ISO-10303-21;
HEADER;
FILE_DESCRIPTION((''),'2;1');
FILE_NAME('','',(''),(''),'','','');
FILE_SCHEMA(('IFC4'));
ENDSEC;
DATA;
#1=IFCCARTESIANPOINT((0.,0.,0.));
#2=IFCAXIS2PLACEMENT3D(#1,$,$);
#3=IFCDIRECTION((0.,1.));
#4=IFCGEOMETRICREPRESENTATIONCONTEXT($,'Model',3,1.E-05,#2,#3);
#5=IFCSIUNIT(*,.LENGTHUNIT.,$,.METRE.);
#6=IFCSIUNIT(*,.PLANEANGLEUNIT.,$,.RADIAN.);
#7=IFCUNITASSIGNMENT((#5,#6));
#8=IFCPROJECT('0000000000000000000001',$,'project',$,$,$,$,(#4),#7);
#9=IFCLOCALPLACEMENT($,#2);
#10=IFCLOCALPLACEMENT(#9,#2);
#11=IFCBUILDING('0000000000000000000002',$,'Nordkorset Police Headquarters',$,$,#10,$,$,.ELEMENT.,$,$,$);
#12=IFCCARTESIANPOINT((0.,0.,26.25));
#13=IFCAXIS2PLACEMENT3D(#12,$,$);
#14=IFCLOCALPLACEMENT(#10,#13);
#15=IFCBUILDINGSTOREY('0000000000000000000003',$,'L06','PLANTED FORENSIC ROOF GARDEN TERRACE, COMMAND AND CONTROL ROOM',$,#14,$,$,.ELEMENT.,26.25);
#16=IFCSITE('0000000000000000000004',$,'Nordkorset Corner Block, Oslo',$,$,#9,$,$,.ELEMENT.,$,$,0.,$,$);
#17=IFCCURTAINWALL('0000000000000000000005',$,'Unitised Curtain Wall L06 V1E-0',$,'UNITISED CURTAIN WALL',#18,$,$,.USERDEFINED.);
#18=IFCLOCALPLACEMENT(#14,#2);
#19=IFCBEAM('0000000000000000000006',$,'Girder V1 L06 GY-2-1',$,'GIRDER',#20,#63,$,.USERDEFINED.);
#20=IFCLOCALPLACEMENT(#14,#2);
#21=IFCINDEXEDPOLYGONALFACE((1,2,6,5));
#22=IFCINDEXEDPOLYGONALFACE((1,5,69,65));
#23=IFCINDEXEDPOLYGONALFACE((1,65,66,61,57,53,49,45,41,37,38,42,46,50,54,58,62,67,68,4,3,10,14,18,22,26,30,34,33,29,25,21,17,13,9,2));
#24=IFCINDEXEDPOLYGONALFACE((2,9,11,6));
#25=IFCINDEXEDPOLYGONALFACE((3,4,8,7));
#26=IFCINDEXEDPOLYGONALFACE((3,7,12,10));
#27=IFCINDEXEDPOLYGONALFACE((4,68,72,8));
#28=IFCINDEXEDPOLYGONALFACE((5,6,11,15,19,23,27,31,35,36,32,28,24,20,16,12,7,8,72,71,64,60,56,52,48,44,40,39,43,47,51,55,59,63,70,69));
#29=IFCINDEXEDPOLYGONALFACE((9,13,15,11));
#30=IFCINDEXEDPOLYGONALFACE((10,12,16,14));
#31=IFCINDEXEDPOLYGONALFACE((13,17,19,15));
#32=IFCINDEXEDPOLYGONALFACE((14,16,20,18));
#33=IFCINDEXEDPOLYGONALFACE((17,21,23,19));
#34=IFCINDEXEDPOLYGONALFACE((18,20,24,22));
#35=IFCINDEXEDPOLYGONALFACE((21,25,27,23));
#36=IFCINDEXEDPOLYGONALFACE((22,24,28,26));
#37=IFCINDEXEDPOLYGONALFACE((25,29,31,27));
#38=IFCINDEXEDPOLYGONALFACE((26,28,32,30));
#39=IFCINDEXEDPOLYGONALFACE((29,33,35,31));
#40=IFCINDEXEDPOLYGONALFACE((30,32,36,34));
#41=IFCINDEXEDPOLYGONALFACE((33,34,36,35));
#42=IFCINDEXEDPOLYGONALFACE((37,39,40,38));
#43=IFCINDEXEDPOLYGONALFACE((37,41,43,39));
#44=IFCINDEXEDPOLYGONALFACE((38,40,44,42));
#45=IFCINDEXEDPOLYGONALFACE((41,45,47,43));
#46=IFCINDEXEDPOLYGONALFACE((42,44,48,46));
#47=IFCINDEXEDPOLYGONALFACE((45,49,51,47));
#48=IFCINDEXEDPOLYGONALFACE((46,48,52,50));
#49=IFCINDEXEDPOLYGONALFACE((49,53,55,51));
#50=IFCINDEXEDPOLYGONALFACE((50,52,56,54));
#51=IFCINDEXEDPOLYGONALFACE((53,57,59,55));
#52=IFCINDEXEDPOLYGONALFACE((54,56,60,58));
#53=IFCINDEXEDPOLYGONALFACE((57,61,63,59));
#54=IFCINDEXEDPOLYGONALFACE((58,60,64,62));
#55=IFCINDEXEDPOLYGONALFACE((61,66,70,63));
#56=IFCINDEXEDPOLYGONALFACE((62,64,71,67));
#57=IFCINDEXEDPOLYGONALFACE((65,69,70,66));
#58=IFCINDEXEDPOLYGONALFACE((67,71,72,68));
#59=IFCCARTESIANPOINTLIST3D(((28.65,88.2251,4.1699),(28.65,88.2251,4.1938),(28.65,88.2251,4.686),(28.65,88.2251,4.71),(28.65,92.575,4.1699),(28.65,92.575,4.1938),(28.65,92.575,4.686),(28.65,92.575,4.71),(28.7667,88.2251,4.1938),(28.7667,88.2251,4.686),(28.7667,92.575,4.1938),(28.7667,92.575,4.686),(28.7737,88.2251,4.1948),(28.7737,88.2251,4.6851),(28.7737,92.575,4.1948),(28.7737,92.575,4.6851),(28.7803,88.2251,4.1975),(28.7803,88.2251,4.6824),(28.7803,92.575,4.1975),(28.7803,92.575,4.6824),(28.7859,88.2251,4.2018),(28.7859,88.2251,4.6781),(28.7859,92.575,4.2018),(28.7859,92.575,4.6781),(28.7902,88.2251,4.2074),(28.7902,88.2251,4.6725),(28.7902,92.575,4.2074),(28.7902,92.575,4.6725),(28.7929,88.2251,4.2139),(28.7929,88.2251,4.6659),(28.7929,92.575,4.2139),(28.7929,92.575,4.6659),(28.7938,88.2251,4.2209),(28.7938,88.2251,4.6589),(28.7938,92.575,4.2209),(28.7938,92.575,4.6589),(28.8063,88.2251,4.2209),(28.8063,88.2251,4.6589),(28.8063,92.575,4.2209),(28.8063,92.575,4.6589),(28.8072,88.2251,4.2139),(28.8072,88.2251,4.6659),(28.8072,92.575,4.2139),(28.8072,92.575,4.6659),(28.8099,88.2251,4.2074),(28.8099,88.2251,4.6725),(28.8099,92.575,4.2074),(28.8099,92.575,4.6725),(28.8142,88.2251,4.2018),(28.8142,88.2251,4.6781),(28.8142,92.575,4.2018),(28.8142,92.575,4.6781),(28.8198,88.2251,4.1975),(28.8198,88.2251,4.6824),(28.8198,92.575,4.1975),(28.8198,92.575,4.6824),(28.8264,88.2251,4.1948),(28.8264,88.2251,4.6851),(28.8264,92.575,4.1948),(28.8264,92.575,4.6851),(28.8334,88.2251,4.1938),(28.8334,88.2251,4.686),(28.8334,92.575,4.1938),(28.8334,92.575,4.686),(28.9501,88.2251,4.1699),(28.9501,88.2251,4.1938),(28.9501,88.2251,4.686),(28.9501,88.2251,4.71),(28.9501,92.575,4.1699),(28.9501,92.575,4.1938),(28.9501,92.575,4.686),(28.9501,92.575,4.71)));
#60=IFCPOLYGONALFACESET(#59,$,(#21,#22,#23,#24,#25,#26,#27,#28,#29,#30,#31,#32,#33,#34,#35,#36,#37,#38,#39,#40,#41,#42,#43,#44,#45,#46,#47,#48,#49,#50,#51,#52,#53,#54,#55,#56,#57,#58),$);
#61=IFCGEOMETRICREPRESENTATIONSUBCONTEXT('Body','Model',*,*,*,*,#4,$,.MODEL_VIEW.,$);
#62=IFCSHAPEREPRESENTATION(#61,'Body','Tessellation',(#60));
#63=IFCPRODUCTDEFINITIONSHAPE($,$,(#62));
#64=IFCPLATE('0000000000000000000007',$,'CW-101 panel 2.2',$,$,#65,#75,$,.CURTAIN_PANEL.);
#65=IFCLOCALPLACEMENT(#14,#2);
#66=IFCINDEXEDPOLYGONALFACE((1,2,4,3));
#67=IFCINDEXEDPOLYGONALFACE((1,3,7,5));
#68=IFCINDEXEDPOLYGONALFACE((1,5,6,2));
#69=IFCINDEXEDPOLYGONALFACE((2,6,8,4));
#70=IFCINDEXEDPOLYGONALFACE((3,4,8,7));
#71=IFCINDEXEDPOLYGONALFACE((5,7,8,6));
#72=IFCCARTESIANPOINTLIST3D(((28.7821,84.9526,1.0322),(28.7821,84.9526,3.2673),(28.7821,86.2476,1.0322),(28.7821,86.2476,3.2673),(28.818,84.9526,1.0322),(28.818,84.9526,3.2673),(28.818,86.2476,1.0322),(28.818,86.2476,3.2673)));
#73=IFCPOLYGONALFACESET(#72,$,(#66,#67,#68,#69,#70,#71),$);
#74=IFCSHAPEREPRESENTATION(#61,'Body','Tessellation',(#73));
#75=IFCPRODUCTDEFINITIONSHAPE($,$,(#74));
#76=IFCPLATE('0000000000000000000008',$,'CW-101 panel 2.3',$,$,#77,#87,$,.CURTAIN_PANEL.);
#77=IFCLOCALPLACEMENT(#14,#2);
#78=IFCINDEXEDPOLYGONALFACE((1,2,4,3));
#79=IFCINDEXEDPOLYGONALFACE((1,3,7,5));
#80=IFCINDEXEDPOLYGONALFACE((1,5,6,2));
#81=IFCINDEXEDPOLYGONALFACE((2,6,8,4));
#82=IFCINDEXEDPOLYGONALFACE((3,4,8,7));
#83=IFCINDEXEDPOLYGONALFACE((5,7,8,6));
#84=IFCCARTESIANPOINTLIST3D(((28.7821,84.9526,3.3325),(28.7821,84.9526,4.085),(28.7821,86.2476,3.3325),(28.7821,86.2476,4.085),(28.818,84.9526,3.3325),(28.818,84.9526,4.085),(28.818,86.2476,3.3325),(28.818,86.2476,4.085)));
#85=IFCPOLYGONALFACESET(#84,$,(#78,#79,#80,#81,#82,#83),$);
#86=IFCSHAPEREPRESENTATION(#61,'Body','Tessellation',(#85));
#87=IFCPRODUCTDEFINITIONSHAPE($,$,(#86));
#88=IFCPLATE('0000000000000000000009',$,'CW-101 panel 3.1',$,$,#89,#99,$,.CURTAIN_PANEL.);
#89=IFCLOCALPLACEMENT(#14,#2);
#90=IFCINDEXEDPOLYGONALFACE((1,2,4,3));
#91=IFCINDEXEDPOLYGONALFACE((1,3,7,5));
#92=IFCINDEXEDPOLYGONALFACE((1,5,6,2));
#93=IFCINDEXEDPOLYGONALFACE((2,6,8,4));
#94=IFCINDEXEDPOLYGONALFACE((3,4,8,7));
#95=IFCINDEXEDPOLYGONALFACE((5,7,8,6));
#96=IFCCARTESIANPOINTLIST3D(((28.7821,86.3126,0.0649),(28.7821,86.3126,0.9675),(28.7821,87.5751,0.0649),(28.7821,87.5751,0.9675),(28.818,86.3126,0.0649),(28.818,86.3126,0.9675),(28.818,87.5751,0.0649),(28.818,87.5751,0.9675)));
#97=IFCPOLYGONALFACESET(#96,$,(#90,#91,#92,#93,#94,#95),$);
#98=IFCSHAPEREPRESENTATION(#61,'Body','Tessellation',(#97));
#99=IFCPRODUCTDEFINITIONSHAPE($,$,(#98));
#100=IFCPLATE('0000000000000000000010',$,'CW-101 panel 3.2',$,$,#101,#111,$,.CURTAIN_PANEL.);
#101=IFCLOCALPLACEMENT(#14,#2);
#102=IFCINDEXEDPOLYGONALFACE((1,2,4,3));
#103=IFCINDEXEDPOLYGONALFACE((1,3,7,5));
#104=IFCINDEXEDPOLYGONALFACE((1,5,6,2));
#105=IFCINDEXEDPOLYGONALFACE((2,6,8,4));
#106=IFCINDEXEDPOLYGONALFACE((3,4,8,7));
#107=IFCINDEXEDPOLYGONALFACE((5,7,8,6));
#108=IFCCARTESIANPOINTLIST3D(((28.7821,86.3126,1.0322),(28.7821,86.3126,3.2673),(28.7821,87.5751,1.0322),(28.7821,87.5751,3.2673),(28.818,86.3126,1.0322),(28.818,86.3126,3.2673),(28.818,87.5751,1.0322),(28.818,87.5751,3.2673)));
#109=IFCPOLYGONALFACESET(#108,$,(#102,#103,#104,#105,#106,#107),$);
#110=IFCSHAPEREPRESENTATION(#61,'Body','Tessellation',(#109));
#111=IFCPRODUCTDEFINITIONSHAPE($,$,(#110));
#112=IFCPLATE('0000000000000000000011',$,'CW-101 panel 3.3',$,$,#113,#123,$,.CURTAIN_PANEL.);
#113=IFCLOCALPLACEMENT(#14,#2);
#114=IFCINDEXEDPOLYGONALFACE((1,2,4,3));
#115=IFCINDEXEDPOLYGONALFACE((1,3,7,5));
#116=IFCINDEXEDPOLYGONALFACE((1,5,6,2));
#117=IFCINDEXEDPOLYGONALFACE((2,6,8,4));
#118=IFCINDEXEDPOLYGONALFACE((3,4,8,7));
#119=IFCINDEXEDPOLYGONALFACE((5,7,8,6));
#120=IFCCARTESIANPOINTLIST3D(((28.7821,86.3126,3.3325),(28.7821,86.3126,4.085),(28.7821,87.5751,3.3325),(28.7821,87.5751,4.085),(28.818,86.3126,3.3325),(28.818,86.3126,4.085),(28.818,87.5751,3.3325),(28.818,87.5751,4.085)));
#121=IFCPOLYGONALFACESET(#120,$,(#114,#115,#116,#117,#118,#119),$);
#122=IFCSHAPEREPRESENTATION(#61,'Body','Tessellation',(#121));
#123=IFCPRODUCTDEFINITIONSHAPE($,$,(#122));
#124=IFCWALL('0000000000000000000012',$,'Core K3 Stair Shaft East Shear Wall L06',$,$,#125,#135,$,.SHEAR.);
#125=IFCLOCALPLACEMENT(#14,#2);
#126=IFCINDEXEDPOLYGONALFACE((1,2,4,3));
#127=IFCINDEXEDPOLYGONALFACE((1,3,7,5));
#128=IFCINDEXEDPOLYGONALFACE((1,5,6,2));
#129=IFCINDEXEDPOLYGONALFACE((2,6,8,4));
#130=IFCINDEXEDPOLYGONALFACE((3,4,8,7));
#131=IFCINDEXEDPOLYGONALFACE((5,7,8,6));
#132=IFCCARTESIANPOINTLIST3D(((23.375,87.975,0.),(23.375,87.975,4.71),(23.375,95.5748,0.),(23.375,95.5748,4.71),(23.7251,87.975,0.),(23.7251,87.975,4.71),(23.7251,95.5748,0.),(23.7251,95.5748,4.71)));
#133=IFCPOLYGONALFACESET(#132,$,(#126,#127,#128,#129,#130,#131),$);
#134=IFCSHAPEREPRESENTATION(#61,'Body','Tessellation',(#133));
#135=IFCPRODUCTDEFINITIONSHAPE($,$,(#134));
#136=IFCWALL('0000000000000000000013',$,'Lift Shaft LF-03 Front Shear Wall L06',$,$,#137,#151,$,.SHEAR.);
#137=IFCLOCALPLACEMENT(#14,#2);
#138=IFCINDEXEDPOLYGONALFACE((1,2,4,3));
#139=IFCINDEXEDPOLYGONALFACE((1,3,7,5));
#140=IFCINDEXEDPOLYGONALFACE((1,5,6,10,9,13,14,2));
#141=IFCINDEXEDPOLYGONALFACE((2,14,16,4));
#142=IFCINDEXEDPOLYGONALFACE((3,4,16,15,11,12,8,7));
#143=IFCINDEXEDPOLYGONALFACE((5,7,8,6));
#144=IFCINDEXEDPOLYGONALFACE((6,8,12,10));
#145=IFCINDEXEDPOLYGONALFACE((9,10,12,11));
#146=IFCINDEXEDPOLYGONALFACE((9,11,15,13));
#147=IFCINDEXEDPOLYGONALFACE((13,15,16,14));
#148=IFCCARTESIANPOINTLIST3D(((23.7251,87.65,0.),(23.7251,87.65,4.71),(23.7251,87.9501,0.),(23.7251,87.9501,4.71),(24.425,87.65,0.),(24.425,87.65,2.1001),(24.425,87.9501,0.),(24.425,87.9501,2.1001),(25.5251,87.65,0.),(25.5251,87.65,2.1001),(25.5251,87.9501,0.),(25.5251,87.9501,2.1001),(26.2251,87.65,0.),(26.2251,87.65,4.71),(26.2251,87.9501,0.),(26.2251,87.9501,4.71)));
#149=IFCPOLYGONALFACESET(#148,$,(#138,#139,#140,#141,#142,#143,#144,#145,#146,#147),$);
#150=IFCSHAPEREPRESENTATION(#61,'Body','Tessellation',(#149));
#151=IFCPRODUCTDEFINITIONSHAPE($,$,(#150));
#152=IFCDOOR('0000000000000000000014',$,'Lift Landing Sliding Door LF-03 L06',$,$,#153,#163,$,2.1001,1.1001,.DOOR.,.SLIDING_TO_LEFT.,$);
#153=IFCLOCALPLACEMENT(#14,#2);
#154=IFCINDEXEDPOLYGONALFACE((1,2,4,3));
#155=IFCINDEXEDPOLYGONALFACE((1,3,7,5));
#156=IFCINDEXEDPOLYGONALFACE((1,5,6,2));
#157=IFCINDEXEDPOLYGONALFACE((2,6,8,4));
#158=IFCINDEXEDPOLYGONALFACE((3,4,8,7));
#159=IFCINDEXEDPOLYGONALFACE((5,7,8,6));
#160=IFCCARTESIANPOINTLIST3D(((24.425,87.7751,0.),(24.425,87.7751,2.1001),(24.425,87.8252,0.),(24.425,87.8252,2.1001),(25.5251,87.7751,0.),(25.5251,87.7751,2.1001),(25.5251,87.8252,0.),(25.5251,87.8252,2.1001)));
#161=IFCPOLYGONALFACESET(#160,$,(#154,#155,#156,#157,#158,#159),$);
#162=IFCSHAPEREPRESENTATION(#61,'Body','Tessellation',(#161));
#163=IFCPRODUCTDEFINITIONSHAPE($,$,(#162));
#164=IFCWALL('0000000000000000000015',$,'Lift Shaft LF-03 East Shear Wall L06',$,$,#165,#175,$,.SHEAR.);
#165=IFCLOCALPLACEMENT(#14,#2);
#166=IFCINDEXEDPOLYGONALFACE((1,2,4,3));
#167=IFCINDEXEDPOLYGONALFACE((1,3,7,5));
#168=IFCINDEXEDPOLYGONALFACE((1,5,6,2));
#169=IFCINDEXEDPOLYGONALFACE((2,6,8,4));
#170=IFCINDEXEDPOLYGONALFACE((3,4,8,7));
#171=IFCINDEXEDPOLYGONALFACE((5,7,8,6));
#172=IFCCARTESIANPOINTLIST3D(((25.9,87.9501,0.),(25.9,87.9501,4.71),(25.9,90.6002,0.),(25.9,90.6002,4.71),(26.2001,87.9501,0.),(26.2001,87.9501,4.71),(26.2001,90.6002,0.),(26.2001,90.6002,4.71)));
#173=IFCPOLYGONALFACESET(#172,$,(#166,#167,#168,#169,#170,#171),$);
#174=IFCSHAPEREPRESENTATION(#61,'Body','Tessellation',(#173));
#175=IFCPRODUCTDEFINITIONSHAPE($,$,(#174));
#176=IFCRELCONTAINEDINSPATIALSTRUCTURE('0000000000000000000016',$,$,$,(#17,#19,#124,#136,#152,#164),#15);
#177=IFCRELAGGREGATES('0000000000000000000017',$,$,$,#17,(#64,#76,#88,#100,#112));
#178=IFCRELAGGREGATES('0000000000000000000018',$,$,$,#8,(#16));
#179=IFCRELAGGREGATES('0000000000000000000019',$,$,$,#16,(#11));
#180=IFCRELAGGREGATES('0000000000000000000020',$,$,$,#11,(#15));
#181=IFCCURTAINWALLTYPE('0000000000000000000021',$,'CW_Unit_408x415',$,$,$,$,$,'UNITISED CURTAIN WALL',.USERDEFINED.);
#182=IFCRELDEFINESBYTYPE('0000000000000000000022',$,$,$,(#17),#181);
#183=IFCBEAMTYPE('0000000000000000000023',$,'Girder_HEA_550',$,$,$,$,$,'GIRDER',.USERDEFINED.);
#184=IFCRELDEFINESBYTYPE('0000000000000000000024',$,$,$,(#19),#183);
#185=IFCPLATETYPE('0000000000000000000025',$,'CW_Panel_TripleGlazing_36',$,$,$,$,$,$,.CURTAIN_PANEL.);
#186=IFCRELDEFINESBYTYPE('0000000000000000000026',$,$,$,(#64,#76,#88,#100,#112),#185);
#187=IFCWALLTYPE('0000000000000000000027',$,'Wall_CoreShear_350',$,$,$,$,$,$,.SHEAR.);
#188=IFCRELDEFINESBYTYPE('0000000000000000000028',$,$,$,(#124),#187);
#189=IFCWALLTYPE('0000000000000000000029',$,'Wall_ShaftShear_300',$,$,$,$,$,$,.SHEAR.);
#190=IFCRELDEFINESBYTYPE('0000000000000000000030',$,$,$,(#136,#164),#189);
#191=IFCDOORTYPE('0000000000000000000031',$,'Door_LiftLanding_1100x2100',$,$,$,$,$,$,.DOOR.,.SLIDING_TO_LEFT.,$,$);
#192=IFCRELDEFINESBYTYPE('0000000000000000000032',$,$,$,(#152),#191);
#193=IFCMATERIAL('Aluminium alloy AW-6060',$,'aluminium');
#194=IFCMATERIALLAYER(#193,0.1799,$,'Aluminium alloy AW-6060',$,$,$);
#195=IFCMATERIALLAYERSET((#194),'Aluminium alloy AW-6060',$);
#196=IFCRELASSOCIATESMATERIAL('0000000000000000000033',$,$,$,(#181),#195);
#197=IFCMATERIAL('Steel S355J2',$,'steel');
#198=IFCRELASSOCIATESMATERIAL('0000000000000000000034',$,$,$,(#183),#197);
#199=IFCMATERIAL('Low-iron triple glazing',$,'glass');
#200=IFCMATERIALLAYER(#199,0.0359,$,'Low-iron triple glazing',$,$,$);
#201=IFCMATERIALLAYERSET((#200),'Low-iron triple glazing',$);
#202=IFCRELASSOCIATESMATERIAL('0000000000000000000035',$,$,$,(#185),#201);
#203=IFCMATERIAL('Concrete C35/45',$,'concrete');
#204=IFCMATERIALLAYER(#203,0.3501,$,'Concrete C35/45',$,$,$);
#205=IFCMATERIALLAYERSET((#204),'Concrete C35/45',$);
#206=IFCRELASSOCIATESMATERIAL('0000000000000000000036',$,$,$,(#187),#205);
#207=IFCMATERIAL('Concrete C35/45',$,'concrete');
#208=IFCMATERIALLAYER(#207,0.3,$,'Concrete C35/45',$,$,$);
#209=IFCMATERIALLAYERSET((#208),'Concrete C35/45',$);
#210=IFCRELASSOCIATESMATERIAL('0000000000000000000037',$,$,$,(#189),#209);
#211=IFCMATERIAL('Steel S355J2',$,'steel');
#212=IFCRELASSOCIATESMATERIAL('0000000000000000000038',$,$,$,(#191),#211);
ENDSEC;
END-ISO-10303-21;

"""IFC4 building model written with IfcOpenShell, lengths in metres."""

from ifc_helpers import new_model, si_unit, direction, frame, frame_2d, origin, origin_2d, place, context, subcontext, project, spatial, rectangle, i_section, extrude, material, layer, layer_set, material_profile, profile_set, type_object, element, fill, aggregate, save


model = new_model("IFC4")

# Units and contexts
model_context = context("Model", 3, precision=1e-05, world=origin(), true_north=direction((0.0, 1.0)))
body_context = subcontext(model_context, "Body", "Model", "MODEL_VIEW")
ifc_project = project(units=[si_unit("LENGTHUNIT", "METRE"), si_unit("PLANEANGLEUNIT", "RADIAN")], contexts=[model_context])

# Site, building, storey
site_placement = place(None, origin())
site = spatial("IfcSite", under=ifc_project, at=site_placement, Name="Nordkorset Corner Block, Oslo", CompositionType="ELEMENT", RefElevation=0.0)
building_placement = place(site_placement, origin())
building = spatial("IfcBuilding", under=site, at=building_placement, Name="Nordkorset Police Headquarters", CompositionType="ELEMENT")
storey_placement = place(building_placement, frame((0.0, 0.0, 26.25)))
storey = spatial("IfcBuildingStorey", under=building, at=storey_placement, Name="L06", Description="PLANTED FORENSIC ROOF GARDEN TERRACE, COMMAND AND CONTROL ROOM", CompositionType="ELEMENT", Elevation=26.25)

# Curtain wall
ifc_material_1 = material(Name="Aluminium alloy AW-6060", Category="aluminium")
ifc_layer_1 = layer(ifc_material_1, 0.1799, Name="Aluminium alloy AW-6060")
ifc_layer_set_1 = layer_set([ifc_layer_1], Name="Aluminium alloy AW-6060")
curtain_wall_type = type_object("IfcCurtainWallType", Name="CW_Unit_408x415", ElementType="UNITISED CURTAIN WALL", PredefinedType="USERDEFINED", material=ifc_layer_set_1)
curtain_wall_1_placement = place(storey_placement, origin())
curtain_wall_1 = element("IfcCurtainWall", 1, at=curtain_wall_1_placement, inside=storey, type_object=curtain_wall_type, Name="Unitised Curtain Wall L06 V1E-0", ObjectType="UNITISED CURTAIN WALL", PredefinedType="USERDEFINED")

# Beam
ifc_material_2 = material(Name="Steel S355J2", Category="steel")
ifc_material_profile_1 = material_profile(ifc_material_2, i_section(OverallWidth=0.3, OverallDepth=0.54, WebThickness=0.0125, FlangeThickness=0.0239, FilletRadius=0.0271, at=origin_2d()), Name="HEA 550")
ifc_profile_set_1 = profile_set([ifc_material_profile_1], Name="Steel S355J2")
beam_type = type_object("IfcBeamType", Name="Girder_HEA_550", ElementType="GIRDER", PredefinedType="USERDEFINED", material=ifc_profile_set_1)
beam_placement = place(storey_placement, frame((28.8, 88.2251, 4.4399), z_axis=(0.0, 1.0, 0.0), x_axis=(-1.0, 0.0, 0.0)))
element("IfcBeam", 2, at=beam_placement, inside=storey, type_object=beam_type, Name="Girder V1 L06 GY-2-1", ObjectType="GIRDER", PredefinedType="USERDEFINED", context=body_context, shape_type="SweptSolid", body=[
    extrude(i_section(OverallWidth=0.3, OverallDepth=0.54, WebThickness=0.0125, FlangeThickness=0.0239, FilletRadius=0.0271, at=origin_2d()), origin(), (0.0, 0.0, 1.0), 4.3499),
])

# Plates
ifc_material_3 = material(Name="Low-iron triple glazing", Category="glass")
ifc_layer_2 = layer(ifc_material_3, 0.0359, Name="Low-iron triple glazing")
ifc_layer_set_2 = layer_set([ifc_layer_2], Name="Low-iron triple glazing")
plate_type = type_object("IfcPlateType", Name="CW_Panel_TripleGlazing_36", PredefinedType="CURTAIN_PANEL", material=ifc_layer_set_2)
plate_1_placement = place(storey_placement, frame((28.8, 85.6001, 1.0322), z_axis=(0.0, 0.0, 1.0), x_axis=(0.0, 1.0, 0.0)))
plate_1 = element("IfcPlate", 3, at=plate_1_placement, type_object=plate_type, Name="CW-101 panel 2.2", PredefinedType="CURTAIN_PANEL", context=body_context, shape_type="SweptSolid", body=[
    extrude(rectangle(XDim=1.2949, YDim=0.0359, at=origin_2d()), origin(), (0.0, 0.0, 1.0), 2.2351),
])
plate_2_placement = place(storey_placement, frame((28.8, 85.6001, 3.3325), z_axis=(0.0, 0.0, 1.0), x_axis=(0.0, 1.0, 0.0)))
plate_2 = element("IfcPlate", 4, at=plate_2_placement, type_object=plate_type, Name="CW-101 panel 2.3", PredefinedType="CURTAIN_PANEL", context=body_context, shape_type="SweptSolid", body=[
    extrude(rectangle(XDim=1.2949, YDim=0.0359, at=origin_2d()), origin(), (0.0, 0.0, 1.0), 0.7524),
])
plate_3_placement = place(storey_placement, frame((28.8, 86.9438, 0.0649), z_axis=(0.0, 0.0, 1.0), x_axis=(0.0, 1.0, 0.0)))
plate_3 = element("IfcPlate", 5, at=plate_3_placement, type_object=plate_type, Name="CW-101 panel 3.1", PredefinedType="CURTAIN_PANEL", context=body_context, shape_type="SweptSolid", body=[
    extrude(rectangle(XDim=1.2625, YDim=0.0359, at=origin_2d()), origin(), (0.0, 0.0, 1.0), 0.9026),
])
plate_4_placement = place(storey_placement, frame((28.8, 86.9438, 1.0322), z_axis=(0.0, 0.0, 1.0), x_axis=(0.0, 1.0, 0.0)))
plate_4 = element("IfcPlate", 6, at=plate_4_placement, type_object=plate_type, Name="CW-101 panel 3.2", PredefinedType="CURTAIN_PANEL", context=body_context, shape_type="SweptSolid", body=[
    extrude(rectangle(XDim=1.2625, YDim=0.0359, at=origin_2d()), origin(), (0.0, 0.0, 1.0), 2.2351),
])
plate_5_placement = place(storey_placement, frame((28.8, 86.9438, 3.3325), z_axis=(0.0, 0.0, 1.0), x_axis=(0.0, 1.0, 0.0)))
plate_5 = element("IfcPlate", 7, at=plate_5_placement, type_object=plate_type, Name="CW-101 panel 3.3", PredefinedType="CURTAIN_PANEL", context=body_context, shape_type="SweptSolid", body=[
    extrude(rectangle(XDim=1.2625, YDim=0.0359, at=origin_2d()), origin(), (0.0, 0.0, 1.0), 0.7524),
])
aggregate(curtain_wall_1, [plate_1, plate_2, plate_3, plate_4, plate_5])

# Wall
ifc_material_4 = material(Name="Concrete C35/45", Category="concrete")
ifc_layer_3 = layer(ifc_material_4, 0.3501, Name="Concrete C35/45")
ifc_layer_set_3 = layer_set([ifc_layer_3], Name="Concrete C35/45")
wall_type_1 = type_object("IfcWallType", Name="Wall_CoreShear_350", PredefinedType="SHEAR", material=ifc_layer_set_3)
wall_1_placement = place(storey_placement, frame((23.55, 87.9751, 0.0), z_axis=(0.0, 0.0, 1.0), x_axis=(0.0, 1.0, 0.0)))
element("IfcWall", 8, at=wall_1_placement, inside=storey, type_object=wall_type_1, Name="Core K3 Stair Shaft East Shear Wall L06", PredefinedType="SHEAR", context=body_context, shape_type="SweptSolid", body=[
    extrude(rectangle(XDim=7.5999, YDim=0.3501, at=frame_2d((3.7998, 0.0))), origin(), (0.0, 0.0, 1.0), 4.71),
])

# Wall, opening, door
ifc_material_5 = material(Name="Concrete C35/45", Category="concrete")
ifc_layer_4 = layer(ifc_material_5, 0.3, Name="Concrete C35/45")
ifc_layer_set_4 = layer_set([ifc_layer_4], Name="Concrete C35/45")
wall_type_2 = type_object("IfcWallType", Name="Wall_ShaftShear_300", PredefinedType="SHEAR", material=ifc_layer_set_4)
wall_2_placement = place(storey_placement, frame((23.7251, 87.8, 0.0), z_axis=(0.0, 0.0, 1.0), x_axis=(1.0, 0.0, 0.0)))
wall_2 = element("IfcWall", 9, at=wall_2_placement, inside=storey, type_object=wall_type_2, Name="Lift Shaft LF-03 Front Shear Wall L06", PredefinedType="SHEAR", context=body_context, shape_type="SweptSolid", body=[
    extrude(rectangle(XDim=2.5, YDim=0.3, at=frame_2d((1.25, 0.0))), origin(), (0.0, 0.0, 1.0), 4.71),
])
opening_placement = place(wall_2_placement, frame((0.7, 0.0, 0.0)))
opening = element("IfcOpeningElement", 10, at=opening_placement, cuts=wall_2, PredefinedType="OPENING", context=body_context, shape_type="SweptSolid", body=[
    extrude(rectangle(XDim=1.1001, YDim=2.1001, at=frame_2d((0.55, 1.05))), frame((0.0, 0.1602, 0.0), z_axis=(0.0, -1.0, 0.0), x_axis=(1.0, 0.0, 0.0)), (0.0, 0.0, 1.0), 0.3201),
])
ifc_material_6 = material(Name="Steel S355J2", Category="steel")
door_type = type_object("IfcDoorType", Name="Door_LiftLanding_1100x2100", OperationType="SLIDING_TO_LEFT", PredefinedType="DOOR", material=ifc_material_6)
door_placement = place(opening_placement, frame((1.1001, 0.0, 0.0), z_axis=(0.0, 0.0, 1.0), x_axis=(-1.0, 0.0, 0.0)))
door = element("IfcDoor", 11, at=door_placement, inside=storey, type_object=door_type, Name="Lift Landing Sliding Door LF-03 L06", OperationType="SLIDING_TO_LEFT", OverallHeight=2.1001, OverallWidth=1.1001, PredefinedType="DOOR", context=body_context, shape_type="SweptSolid", body=[
    extrude(rectangle(XDim=1.1001, YDim=2.1001, at=frame_2d((0.55, 1.05))), frame((0.0, 0.0249, 0.0), z_axis=(0.0, -1.0, 0.0), x_axis=(1.0, 0.0, 0.0)), (0.0, 0.0, 1.0), 0.05),
])
fill(opening, door)

# Wall
wall_3_placement = place(storey_placement, frame((26.05, 87.95, 0.0), z_axis=(0.0, 0.0, 1.0), x_axis=(0.0, 1.0, 0.0)))
element("IfcWall", 12, at=wall_3_placement, inside=storey, type_object=wall_type_2, Name="Lift Shaft LF-03 East Shear Wall L06", PredefinedType="SHEAR", context=body_context, shape_type="SweptSolid", body=[
    extrude(rectangle(XDim=2.6501, YDim=0.3, at=frame_2d((1.3252, 0.0))), origin(), (0.0, 0.0, 1.0), 4.71),
])

save(model, "model.ifc")
